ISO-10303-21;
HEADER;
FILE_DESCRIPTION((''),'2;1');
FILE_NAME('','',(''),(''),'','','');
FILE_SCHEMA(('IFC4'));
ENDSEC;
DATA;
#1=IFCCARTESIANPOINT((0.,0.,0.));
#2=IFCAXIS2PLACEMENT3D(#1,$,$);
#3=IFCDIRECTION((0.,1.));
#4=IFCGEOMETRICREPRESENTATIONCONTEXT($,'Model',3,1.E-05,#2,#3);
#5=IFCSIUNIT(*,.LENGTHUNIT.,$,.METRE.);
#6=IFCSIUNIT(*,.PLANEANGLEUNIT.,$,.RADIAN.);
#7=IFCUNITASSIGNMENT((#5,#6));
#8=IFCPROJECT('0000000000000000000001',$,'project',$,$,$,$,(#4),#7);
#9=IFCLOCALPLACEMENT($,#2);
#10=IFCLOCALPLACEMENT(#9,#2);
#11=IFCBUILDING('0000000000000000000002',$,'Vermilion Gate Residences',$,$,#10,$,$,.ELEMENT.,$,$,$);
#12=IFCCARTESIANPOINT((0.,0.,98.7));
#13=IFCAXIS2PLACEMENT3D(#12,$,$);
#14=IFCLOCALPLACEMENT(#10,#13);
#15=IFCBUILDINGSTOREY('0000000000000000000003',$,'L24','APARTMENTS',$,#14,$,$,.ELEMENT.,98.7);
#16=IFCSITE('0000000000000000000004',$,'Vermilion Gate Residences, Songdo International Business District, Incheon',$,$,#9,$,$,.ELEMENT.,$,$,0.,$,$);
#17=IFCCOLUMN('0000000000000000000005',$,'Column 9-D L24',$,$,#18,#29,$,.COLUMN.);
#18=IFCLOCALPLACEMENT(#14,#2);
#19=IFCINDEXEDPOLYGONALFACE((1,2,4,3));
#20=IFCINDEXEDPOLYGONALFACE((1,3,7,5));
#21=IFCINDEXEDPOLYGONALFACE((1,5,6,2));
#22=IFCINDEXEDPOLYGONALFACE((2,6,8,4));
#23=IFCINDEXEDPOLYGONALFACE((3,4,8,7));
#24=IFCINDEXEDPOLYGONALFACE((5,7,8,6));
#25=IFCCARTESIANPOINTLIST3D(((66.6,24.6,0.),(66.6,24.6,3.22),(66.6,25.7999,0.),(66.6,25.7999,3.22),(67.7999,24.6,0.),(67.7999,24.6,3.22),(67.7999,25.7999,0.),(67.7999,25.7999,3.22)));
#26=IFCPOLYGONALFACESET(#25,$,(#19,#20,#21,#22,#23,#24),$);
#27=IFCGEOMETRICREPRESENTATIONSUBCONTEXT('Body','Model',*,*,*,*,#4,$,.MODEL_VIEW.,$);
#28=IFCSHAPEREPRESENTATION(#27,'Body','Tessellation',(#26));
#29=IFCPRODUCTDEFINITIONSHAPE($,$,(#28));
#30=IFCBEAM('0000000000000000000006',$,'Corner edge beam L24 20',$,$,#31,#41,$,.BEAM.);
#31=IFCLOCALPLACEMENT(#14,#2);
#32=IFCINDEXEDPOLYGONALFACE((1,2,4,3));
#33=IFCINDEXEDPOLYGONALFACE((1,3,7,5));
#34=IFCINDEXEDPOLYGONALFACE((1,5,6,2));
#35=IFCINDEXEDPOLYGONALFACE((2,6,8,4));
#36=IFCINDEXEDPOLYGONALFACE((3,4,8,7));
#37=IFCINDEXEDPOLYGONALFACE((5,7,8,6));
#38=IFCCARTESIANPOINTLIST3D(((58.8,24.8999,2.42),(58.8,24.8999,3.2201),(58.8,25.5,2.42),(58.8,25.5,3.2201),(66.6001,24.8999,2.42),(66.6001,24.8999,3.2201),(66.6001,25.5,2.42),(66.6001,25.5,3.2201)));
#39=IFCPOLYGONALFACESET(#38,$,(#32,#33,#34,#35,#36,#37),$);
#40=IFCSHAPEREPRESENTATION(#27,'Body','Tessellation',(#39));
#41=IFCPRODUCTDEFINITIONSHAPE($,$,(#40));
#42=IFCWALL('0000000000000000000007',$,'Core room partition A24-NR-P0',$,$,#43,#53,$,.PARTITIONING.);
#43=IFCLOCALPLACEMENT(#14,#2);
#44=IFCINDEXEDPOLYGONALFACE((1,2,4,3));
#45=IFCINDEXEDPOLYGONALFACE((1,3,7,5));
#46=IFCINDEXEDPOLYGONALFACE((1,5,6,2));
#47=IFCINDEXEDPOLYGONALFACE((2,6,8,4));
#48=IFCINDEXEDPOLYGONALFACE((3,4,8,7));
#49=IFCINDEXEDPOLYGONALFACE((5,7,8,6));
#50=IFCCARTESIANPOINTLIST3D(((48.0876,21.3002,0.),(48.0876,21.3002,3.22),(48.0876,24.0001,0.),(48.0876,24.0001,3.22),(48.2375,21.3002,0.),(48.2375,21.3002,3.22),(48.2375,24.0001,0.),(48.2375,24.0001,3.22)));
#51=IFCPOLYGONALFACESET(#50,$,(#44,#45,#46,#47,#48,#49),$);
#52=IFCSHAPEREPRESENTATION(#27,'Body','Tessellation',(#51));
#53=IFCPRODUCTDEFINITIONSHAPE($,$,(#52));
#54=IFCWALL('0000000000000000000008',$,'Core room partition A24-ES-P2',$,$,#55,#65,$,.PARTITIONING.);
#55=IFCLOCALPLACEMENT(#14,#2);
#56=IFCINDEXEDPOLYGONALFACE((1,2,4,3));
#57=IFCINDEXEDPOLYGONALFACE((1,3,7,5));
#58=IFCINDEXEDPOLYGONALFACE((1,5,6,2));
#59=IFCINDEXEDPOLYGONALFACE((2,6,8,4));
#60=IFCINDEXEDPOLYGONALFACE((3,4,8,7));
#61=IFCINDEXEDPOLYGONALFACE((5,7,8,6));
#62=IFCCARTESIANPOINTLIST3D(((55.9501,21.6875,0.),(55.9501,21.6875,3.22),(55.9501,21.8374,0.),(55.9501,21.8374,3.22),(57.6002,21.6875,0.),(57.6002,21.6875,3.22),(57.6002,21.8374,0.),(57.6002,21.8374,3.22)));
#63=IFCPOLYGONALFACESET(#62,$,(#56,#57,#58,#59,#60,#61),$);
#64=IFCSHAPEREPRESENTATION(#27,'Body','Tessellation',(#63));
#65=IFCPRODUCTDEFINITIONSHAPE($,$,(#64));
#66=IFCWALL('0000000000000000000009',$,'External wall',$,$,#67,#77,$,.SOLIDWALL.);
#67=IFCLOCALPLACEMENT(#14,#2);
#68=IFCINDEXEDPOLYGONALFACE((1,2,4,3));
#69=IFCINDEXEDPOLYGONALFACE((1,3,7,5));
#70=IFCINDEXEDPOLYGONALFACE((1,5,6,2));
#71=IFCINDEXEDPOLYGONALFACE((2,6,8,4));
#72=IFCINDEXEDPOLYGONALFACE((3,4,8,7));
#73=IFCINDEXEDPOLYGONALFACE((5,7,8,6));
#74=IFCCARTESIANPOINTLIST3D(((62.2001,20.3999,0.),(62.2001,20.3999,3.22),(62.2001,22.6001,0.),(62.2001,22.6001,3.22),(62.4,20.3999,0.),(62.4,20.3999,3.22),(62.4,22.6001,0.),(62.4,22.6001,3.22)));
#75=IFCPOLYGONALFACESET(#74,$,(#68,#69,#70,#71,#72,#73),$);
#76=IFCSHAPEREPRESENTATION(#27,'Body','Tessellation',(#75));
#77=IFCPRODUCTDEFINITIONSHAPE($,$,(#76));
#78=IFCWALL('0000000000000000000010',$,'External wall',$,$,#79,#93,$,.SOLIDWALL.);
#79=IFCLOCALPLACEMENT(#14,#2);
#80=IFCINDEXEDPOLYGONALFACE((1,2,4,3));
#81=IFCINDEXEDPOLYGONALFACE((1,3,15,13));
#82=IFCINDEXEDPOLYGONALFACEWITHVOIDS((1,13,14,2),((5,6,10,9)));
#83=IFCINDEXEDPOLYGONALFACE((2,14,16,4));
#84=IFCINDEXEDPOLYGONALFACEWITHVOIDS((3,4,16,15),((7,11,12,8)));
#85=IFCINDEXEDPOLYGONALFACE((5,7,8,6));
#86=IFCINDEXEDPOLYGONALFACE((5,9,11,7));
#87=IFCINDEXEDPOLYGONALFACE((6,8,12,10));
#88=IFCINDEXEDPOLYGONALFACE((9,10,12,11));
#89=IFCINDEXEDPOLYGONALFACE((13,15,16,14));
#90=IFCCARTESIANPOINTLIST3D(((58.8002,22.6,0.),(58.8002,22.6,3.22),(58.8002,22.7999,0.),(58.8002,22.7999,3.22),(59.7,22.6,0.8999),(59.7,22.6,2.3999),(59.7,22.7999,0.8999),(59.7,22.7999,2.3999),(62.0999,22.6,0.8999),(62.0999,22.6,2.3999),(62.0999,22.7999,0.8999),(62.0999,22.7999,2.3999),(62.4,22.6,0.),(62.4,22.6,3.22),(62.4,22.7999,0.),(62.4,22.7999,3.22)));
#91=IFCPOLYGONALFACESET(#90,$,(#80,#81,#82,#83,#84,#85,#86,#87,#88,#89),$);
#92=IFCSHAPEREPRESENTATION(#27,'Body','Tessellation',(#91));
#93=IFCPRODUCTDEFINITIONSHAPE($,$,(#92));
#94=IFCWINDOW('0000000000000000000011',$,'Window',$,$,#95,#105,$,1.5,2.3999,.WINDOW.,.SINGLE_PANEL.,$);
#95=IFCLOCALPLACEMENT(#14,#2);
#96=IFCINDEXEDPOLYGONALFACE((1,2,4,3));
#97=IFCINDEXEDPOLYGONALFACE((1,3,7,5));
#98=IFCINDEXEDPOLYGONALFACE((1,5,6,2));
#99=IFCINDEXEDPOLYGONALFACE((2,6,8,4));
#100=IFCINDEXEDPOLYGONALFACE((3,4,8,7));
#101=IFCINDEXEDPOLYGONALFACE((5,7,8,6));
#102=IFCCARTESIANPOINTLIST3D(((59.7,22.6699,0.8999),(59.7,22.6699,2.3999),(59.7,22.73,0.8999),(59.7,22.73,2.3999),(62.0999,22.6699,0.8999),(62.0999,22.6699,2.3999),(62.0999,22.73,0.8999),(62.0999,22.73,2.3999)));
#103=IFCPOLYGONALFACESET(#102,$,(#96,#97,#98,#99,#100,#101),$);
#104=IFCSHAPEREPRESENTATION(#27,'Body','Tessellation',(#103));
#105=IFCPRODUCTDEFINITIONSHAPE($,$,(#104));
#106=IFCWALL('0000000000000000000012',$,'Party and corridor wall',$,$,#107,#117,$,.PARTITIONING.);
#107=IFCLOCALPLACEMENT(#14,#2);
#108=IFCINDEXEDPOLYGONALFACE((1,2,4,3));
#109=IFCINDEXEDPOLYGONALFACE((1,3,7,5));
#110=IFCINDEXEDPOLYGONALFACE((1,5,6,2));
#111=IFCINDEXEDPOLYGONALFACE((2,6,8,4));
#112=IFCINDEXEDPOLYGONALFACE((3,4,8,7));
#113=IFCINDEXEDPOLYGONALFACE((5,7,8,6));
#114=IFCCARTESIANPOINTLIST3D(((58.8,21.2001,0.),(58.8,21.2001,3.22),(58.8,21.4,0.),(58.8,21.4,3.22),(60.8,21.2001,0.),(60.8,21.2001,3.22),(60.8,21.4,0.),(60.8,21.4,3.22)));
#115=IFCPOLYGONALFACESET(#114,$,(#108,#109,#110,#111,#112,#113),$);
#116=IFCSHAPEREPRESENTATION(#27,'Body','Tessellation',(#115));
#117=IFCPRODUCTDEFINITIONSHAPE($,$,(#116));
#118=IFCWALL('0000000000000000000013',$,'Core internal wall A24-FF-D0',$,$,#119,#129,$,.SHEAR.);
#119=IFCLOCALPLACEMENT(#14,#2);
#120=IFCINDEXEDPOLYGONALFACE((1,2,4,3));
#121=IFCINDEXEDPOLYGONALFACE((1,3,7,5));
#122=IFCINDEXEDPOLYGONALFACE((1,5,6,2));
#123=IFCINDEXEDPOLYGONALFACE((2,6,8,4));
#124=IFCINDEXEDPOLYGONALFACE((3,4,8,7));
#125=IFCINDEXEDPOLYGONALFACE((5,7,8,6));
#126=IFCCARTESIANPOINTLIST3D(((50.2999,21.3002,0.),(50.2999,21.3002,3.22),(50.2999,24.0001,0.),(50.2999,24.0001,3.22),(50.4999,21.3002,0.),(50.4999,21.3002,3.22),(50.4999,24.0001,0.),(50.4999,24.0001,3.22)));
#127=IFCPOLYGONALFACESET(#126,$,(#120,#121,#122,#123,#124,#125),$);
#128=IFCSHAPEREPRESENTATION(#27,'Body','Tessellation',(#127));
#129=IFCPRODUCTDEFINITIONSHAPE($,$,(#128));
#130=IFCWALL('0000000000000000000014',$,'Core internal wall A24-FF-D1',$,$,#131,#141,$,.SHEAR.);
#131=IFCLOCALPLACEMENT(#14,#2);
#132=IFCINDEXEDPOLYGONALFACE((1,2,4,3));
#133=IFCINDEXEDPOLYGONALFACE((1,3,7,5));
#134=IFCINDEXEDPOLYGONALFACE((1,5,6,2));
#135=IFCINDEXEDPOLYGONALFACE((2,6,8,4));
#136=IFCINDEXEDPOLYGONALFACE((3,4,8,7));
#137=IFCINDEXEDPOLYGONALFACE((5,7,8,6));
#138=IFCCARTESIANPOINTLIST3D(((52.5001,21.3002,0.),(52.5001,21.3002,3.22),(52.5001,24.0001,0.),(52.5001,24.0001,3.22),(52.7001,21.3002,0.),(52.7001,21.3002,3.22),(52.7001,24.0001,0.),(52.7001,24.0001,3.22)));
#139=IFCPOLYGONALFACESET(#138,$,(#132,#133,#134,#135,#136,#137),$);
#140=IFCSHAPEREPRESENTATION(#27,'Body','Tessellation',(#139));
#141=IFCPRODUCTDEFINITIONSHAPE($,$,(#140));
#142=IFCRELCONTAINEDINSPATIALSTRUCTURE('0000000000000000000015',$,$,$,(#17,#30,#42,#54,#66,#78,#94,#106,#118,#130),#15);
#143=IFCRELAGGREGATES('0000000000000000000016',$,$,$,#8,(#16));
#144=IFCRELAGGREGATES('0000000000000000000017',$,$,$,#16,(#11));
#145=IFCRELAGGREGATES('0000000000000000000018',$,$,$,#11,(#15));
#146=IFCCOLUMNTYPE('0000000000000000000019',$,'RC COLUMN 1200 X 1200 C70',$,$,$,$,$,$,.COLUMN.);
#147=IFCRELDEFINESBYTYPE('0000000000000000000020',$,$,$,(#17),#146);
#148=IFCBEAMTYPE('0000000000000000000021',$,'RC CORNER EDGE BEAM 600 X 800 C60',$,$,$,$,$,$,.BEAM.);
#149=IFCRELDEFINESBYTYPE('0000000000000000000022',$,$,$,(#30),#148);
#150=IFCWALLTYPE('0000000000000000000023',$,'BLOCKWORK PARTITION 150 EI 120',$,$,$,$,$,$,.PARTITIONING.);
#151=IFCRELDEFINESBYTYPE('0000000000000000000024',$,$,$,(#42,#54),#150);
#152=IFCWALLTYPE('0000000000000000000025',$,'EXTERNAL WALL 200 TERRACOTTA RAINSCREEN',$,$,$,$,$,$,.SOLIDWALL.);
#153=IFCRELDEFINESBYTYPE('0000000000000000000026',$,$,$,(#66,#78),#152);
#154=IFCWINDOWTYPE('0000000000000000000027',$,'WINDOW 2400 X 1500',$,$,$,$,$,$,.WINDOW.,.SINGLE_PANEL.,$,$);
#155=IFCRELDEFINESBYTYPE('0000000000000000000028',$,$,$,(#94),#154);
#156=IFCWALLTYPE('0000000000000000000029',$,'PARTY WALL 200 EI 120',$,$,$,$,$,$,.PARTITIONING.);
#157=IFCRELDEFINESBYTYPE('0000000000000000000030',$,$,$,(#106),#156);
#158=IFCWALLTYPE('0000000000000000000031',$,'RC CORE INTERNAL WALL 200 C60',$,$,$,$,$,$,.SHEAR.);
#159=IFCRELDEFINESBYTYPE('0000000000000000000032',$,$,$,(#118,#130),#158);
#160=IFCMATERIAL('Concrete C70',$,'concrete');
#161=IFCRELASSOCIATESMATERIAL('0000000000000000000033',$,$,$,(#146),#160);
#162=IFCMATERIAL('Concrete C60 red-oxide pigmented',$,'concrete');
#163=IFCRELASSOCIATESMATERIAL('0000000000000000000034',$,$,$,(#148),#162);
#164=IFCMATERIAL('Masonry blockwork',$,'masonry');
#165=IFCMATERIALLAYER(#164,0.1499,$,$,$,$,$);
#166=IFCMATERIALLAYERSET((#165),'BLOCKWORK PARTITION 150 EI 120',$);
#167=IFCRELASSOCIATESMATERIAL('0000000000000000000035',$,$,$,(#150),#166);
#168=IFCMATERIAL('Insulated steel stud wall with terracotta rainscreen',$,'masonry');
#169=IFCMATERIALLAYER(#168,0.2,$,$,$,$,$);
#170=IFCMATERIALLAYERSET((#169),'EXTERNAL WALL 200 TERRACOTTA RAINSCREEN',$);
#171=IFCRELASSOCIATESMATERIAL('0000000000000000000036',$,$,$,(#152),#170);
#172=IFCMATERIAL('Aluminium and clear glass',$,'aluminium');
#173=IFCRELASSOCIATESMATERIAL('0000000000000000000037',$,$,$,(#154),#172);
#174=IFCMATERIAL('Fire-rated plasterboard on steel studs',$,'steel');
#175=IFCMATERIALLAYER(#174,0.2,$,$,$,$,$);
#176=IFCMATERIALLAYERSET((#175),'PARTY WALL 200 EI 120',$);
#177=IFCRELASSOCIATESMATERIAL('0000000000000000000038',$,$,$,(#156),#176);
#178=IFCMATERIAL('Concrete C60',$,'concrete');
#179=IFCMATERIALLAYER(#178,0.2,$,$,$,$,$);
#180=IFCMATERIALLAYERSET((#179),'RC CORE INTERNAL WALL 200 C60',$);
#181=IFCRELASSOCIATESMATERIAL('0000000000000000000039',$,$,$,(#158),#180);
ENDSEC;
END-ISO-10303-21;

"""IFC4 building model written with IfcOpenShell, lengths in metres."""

from ifc_helpers import new_model, si_unit, direction, frame, frame_2d, origin, origin_2d, place, context, subcontext, project, spatial, rectangle, extrude, material, layer, layer_set, material_profile, profile_set, type_object, element, fill, save


model = new_model("IFC4")

# Units and contexts
model_context = context("Model", 3, precision=1e-05, world=origin(), true_north=direction((0.0, 1.0)))
body_context = subcontext(model_context, "Body", "Model", "MODEL_VIEW")
ifc_project = project(units=[si_unit("LENGTHUNIT", "METRE"), si_unit("PLANEANGLEUNIT", "RADIAN")], contexts=[model_context])

# Site, building, storey
site_placement = place(None, origin())
site = spatial("IfcSite", under=ifc_project, at=site_placement, Name="Vermilion Gate Residences, Songdo International Business District, Incheon", CompositionType="ELEMENT", RefElevation=0.0)
building_placement = place(site_placement, origin())
building = spatial("IfcBuilding", under=site, at=building_placement, Name="Vermilion Gate Residences", CompositionType="ELEMENT")
storey_placement = place(building_placement, frame((0.0, 0.0, 98.7)))
storey = spatial("IfcBuildingStorey", under=building, at=storey_placement, Name="L24", Description="APARTMENTS", CompositionType="ELEMENT", Elevation=98.7)

# Column
ifc_material_1 = material(Name="Concrete C70", Category="concrete")
ifc_material_profile_1 = material_profile(ifc_material_1, rectangle(XDim=1.2, YDim=1.2, at=origin_2d()), Name="RC-1200x1200")
ifc_profile_set_1 = profile_set([ifc_material_profile_1], Name="Concrete C70")
column_type = type_object("IfcColumnType", Name="RC COLUMN 1200 X 1200 C70", PredefinedType="COLUMN", material=ifc_profile_set_1)
column_placement = place(storey_placement, frame((67.2, 25.2, 0.0), z_axis=(0.0, 0.0, 1.0), x_axis=(1.0, 0.0, 0.0)))
element("IfcColumn", 1, at=column_placement, inside=storey, type_object=column_type, Name="Column 9-D L24", PredefinedType="COLUMN", context=body_context, shape_type="SweptSolid", body=[
    extrude(rectangle(XDim=1.2, YDim=1.2, at=origin_2d()), origin(), (0.0, 0.0, 1.0), 3.22),
])

# Beam
ifc_material_2 = material(Name="Concrete C60 red-oxide pigmented", Category="concrete")
ifc_material_profile_2 = material_profile(ifc_material_2, rectangle(XDim=0.6001, YDim=0.8, at=origin_2d()), Name="RC-600x800")
ifc_profile_set_2 = profile_set([ifc_material_profile_2], Name="Concrete C60 red-oxide pigmented")
beam_type = type_object("IfcBeamType", Name="RC CORNER EDGE BEAM 600 X 800 C60", PredefinedType="BEAM", material=ifc_profile_set_2)
beam_placement = place(storey_placement, frame((58.8, 25.2, 2.8201), z_axis=(1.0, 0.0, 0.0), x_axis=(0.0, 1.0, 0.0)))
element("IfcBeam", 2, at=beam_placement, inside=storey, type_object=beam_type, Name="Corner edge beam L24 20", PredefinedType="BEAM", context=body_context, shape_type="SweptSolid", body=[
    extrude(rectangle(XDim=0.6001, YDim=0.8, at=origin_2d()), origin(), (0.0, 0.0, 1.0), 7.8),
])

# Walls
ifc_material_3 = material(Name="Masonry blockwork", Category="masonry")
ifc_layer_1 = layer(ifc_material_3, 0.1499)
ifc_layer_set_1 = layer_set([ifc_layer_1], Name="BLOCKWORK PARTITION 150 EI 120")
wall_type_1 = type_object("IfcWallType", Name="BLOCKWORK PARTITION 150 EI 120", PredefinedType="PARTITIONING", material=ifc_layer_set_1)
wall_1_placement = place(storey_placement, frame((48.1626, 21.3, 0.0), z_axis=(0.0, 0.0, 1.0), x_axis=(0.0, 1.0, 0.0)))
element("IfcWall", 3, at=wall_1_placement, inside=storey, type_object=wall_type_1, Name="Core room partition A24-NR-P0", PredefinedType="PARTITIONING", context=body_context, shape_type="SweptSolid", body=[
    extrude(rectangle(XDim=2.7, YDim=0.1499, at=frame_2d((1.3501, 0.0))), origin(), (0.0, 0.0, 1.0), 3.22),
])
wall_2_placement = place(storey_placement, frame((55.95, 21.7625, 0.0), z_axis=(0.0, 0.0, 1.0), x_axis=(1.0, 0.0, 0.0)))
element("IfcWall", 4, at=wall_2_placement, inside=storey, type_object=wall_type_1, Name="Core room partition A24-ES-P2", PredefinedType="PARTITIONING", context=body_context, shape_type="SweptSolid", body=[
    extrude(rectangle(XDim=1.6501, YDim=0.1499, at=frame_2d((0.8252, 0.0))), origin(), (0.0, 0.0, 1.0), 3.22),
])
ifc_material_4 = material(Name="Insulated steel stud wall with terracotta rainscreen", Category="masonry")
ifc_layer_2 = layer(ifc_material_4, 0.2)
ifc_layer_set_2 = layer_set([ifc_layer_2], Name="EXTERNAL WALL 200 TERRACOTTA RAINSCREEN")
wall_type_2 = type_object("IfcWallType", Name="EXTERNAL WALL 200 TERRACOTTA RAINSCREEN", PredefinedType="SOLIDWALL", material=ifc_layer_set_2)
wall_3_placement = place(storey_placement, frame((62.3, 20.3999, 0.0), z_axis=(0.0, 0.0, 1.0), x_axis=(0.0, 1.0, 0.0)))
element("IfcWall", 5, at=wall_3_placement, inside=storey, type_object=wall_type_2, Name="External wall", PredefinedType="SOLIDWALL", context=body_context, shape_type="SweptSolid", body=[
    extrude(rectangle(XDim=2.2002, YDim=0.2, at=frame_2d((1.1001, 0.0))), origin(), (0.0, 0.0, 1.0), 3.22),
])

# Wall, opening, window
wall_4_placement = place(storey_placement, frame((62.3999, 22.7, 0.0), z_axis=(0.0, 0.0, 1.0), x_axis=(-1.0, 0.0, 0.0)))
wall_4 = element("IfcWall", 6, at=wall_4_placement, inside=storey, type_object=wall_type_2, Name="External wall", PredefinedType="SOLIDWALL", context=body_context, shape_type="SweptSolid", body=[
    extrude(rectangle(XDim=3.5999, YDim=0.2, at=frame_2d((1.7998, 0.0))), origin(), (0.0, 0.0, 1.0), 3.22),
])
opening_1_placement = place(wall_4_placement, frame((0.3, 0.0, 0.8999)))
opening_1 = element("IfcOpeningElement", 7, at=opening_1_placement, cuts=wall_4, PredefinedType="OPENING", context=body_context, shape_type="SweptSolid", body=[
    extrude(rectangle(XDim=2.3999, YDim=1.5, at=frame_2d((1.2, 0.75))), frame((0.0, 0.1099, 0.0), z_axis=(0.0, -1.0, 0.0), x_axis=(1.0, 0.0, 0.0)), (0.0, 0.0, 1.0), 0.22),
])
ifc_material_5 = material(Name="Aluminium and clear glass", Category="aluminium")
window_type_1 = type_object("IfcWindowType", Name="WINDOW 2400 X 1500", PartitioningType="SINGLE_PANEL", PredefinedType="WINDOW", material=ifc_material_5)
window_1_placement = place(opening_1_placement, origin())
window_1 = element("IfcWindow", 8, at=window_1_placement, inside=storey, type_object=window_type_1, Name="Window", OverallHeight=1.5, OverallWidth=2.3999, PartitioningType="SINGLE_PANEL", PredefinedType="WINDOW", context=body_context, shape_type="SweptSolid", body=[
    extrude(rectangle(XDim=2.3999, YDim=1.5, at=frame_2d((1.2, 0.75))), frame((0.0, 0.03, 0.0), z_axis=(0.0, -1.0, 0.0), x_axis=(1.0, 0.0, 0.0)), (0.0, 0.0, 1.0), 0.0601),
])
fill(opening_1, window_1)

# Walls
ifc_material_6 = material(Name="Fire-rated plasterboard on steel studs", Category="steel")
ifc_layer_3 = layer(ifc_material_6, 0.2)
ifc_layer_set_3 = layer_set([ifc_layer_3], Name="PARTY WALL 200 EI 120")
wall_type_3 = type_object("IfcWallType", Name="PARTY WALL 200 EI 120", PredefinedType="PARTITIONING", material=ifc_layer_set_3)
wall_5_placement = place(storey_placement, frame((58.8, 21.3, 0.0), z_axis=(0.0, 0.0, 1.0), x_axis=(1.0, 0.0, 0.0)))
element("IfcWall", 9, at=wall_5_placement, inside=storey, type_object=wall_type_3, Name="Party and corridor wall", PredefinedType="PARTITIONING", context=body_context, shape_type="SweptSolid", body=[
    extrude(rectangle(XDim=2.0, YDim=0.2, at=frame_2d((1.0, 0.0))), origin(), (0.0, 0.0, 1.0), 3.22),
])
ifc_material_7 = material(Name="Concrete C60", Category="concrete")
ifc_layer_4 = layer(ifc_material_7, 0.2)
ifc_layer_set_4 = layer_set([ifc_layer_4], Name="RC CORE INTERNAL WALL 200 C60")
wall_type_4 = type_object("IfcWallType", Name="RC CORE INTERNAL WALL 200 C60", PredefinedType="SHEAR", material=ifc_layer_set_4)
for number, where, z_axis, x_axis, name in (
    (10, (50.3999, 21.3, 0.0), (0.0, 0.0, 1.0), (0.0, 1.0, 0.0), "Core internal wall A24-FF-D0"),
    (11, (52.6001, 21.3, 0.0), (0.0, 0.0, 1.0), (0.0, 1.0, 0.0), "Core internal wall A24-FF-D1"),
):
    element("IfcWall", number, at=place(storey_placement, frame(where, z_axis=z_axis, x_axis=x_axis)), inside=storey, type_object=wall_type_4, Name=name, PredefinedType="SHEAR", context=body_context, shape_type="SweptSolid", body=[
        extrude(rectangle(XDim=2.7, YDim=0.2, at=frame_2d((1.3501, 0.0))), origin(), (0.0, 0.0, 1.0), 3.22),
    ])

save(model, "model.ifc")
